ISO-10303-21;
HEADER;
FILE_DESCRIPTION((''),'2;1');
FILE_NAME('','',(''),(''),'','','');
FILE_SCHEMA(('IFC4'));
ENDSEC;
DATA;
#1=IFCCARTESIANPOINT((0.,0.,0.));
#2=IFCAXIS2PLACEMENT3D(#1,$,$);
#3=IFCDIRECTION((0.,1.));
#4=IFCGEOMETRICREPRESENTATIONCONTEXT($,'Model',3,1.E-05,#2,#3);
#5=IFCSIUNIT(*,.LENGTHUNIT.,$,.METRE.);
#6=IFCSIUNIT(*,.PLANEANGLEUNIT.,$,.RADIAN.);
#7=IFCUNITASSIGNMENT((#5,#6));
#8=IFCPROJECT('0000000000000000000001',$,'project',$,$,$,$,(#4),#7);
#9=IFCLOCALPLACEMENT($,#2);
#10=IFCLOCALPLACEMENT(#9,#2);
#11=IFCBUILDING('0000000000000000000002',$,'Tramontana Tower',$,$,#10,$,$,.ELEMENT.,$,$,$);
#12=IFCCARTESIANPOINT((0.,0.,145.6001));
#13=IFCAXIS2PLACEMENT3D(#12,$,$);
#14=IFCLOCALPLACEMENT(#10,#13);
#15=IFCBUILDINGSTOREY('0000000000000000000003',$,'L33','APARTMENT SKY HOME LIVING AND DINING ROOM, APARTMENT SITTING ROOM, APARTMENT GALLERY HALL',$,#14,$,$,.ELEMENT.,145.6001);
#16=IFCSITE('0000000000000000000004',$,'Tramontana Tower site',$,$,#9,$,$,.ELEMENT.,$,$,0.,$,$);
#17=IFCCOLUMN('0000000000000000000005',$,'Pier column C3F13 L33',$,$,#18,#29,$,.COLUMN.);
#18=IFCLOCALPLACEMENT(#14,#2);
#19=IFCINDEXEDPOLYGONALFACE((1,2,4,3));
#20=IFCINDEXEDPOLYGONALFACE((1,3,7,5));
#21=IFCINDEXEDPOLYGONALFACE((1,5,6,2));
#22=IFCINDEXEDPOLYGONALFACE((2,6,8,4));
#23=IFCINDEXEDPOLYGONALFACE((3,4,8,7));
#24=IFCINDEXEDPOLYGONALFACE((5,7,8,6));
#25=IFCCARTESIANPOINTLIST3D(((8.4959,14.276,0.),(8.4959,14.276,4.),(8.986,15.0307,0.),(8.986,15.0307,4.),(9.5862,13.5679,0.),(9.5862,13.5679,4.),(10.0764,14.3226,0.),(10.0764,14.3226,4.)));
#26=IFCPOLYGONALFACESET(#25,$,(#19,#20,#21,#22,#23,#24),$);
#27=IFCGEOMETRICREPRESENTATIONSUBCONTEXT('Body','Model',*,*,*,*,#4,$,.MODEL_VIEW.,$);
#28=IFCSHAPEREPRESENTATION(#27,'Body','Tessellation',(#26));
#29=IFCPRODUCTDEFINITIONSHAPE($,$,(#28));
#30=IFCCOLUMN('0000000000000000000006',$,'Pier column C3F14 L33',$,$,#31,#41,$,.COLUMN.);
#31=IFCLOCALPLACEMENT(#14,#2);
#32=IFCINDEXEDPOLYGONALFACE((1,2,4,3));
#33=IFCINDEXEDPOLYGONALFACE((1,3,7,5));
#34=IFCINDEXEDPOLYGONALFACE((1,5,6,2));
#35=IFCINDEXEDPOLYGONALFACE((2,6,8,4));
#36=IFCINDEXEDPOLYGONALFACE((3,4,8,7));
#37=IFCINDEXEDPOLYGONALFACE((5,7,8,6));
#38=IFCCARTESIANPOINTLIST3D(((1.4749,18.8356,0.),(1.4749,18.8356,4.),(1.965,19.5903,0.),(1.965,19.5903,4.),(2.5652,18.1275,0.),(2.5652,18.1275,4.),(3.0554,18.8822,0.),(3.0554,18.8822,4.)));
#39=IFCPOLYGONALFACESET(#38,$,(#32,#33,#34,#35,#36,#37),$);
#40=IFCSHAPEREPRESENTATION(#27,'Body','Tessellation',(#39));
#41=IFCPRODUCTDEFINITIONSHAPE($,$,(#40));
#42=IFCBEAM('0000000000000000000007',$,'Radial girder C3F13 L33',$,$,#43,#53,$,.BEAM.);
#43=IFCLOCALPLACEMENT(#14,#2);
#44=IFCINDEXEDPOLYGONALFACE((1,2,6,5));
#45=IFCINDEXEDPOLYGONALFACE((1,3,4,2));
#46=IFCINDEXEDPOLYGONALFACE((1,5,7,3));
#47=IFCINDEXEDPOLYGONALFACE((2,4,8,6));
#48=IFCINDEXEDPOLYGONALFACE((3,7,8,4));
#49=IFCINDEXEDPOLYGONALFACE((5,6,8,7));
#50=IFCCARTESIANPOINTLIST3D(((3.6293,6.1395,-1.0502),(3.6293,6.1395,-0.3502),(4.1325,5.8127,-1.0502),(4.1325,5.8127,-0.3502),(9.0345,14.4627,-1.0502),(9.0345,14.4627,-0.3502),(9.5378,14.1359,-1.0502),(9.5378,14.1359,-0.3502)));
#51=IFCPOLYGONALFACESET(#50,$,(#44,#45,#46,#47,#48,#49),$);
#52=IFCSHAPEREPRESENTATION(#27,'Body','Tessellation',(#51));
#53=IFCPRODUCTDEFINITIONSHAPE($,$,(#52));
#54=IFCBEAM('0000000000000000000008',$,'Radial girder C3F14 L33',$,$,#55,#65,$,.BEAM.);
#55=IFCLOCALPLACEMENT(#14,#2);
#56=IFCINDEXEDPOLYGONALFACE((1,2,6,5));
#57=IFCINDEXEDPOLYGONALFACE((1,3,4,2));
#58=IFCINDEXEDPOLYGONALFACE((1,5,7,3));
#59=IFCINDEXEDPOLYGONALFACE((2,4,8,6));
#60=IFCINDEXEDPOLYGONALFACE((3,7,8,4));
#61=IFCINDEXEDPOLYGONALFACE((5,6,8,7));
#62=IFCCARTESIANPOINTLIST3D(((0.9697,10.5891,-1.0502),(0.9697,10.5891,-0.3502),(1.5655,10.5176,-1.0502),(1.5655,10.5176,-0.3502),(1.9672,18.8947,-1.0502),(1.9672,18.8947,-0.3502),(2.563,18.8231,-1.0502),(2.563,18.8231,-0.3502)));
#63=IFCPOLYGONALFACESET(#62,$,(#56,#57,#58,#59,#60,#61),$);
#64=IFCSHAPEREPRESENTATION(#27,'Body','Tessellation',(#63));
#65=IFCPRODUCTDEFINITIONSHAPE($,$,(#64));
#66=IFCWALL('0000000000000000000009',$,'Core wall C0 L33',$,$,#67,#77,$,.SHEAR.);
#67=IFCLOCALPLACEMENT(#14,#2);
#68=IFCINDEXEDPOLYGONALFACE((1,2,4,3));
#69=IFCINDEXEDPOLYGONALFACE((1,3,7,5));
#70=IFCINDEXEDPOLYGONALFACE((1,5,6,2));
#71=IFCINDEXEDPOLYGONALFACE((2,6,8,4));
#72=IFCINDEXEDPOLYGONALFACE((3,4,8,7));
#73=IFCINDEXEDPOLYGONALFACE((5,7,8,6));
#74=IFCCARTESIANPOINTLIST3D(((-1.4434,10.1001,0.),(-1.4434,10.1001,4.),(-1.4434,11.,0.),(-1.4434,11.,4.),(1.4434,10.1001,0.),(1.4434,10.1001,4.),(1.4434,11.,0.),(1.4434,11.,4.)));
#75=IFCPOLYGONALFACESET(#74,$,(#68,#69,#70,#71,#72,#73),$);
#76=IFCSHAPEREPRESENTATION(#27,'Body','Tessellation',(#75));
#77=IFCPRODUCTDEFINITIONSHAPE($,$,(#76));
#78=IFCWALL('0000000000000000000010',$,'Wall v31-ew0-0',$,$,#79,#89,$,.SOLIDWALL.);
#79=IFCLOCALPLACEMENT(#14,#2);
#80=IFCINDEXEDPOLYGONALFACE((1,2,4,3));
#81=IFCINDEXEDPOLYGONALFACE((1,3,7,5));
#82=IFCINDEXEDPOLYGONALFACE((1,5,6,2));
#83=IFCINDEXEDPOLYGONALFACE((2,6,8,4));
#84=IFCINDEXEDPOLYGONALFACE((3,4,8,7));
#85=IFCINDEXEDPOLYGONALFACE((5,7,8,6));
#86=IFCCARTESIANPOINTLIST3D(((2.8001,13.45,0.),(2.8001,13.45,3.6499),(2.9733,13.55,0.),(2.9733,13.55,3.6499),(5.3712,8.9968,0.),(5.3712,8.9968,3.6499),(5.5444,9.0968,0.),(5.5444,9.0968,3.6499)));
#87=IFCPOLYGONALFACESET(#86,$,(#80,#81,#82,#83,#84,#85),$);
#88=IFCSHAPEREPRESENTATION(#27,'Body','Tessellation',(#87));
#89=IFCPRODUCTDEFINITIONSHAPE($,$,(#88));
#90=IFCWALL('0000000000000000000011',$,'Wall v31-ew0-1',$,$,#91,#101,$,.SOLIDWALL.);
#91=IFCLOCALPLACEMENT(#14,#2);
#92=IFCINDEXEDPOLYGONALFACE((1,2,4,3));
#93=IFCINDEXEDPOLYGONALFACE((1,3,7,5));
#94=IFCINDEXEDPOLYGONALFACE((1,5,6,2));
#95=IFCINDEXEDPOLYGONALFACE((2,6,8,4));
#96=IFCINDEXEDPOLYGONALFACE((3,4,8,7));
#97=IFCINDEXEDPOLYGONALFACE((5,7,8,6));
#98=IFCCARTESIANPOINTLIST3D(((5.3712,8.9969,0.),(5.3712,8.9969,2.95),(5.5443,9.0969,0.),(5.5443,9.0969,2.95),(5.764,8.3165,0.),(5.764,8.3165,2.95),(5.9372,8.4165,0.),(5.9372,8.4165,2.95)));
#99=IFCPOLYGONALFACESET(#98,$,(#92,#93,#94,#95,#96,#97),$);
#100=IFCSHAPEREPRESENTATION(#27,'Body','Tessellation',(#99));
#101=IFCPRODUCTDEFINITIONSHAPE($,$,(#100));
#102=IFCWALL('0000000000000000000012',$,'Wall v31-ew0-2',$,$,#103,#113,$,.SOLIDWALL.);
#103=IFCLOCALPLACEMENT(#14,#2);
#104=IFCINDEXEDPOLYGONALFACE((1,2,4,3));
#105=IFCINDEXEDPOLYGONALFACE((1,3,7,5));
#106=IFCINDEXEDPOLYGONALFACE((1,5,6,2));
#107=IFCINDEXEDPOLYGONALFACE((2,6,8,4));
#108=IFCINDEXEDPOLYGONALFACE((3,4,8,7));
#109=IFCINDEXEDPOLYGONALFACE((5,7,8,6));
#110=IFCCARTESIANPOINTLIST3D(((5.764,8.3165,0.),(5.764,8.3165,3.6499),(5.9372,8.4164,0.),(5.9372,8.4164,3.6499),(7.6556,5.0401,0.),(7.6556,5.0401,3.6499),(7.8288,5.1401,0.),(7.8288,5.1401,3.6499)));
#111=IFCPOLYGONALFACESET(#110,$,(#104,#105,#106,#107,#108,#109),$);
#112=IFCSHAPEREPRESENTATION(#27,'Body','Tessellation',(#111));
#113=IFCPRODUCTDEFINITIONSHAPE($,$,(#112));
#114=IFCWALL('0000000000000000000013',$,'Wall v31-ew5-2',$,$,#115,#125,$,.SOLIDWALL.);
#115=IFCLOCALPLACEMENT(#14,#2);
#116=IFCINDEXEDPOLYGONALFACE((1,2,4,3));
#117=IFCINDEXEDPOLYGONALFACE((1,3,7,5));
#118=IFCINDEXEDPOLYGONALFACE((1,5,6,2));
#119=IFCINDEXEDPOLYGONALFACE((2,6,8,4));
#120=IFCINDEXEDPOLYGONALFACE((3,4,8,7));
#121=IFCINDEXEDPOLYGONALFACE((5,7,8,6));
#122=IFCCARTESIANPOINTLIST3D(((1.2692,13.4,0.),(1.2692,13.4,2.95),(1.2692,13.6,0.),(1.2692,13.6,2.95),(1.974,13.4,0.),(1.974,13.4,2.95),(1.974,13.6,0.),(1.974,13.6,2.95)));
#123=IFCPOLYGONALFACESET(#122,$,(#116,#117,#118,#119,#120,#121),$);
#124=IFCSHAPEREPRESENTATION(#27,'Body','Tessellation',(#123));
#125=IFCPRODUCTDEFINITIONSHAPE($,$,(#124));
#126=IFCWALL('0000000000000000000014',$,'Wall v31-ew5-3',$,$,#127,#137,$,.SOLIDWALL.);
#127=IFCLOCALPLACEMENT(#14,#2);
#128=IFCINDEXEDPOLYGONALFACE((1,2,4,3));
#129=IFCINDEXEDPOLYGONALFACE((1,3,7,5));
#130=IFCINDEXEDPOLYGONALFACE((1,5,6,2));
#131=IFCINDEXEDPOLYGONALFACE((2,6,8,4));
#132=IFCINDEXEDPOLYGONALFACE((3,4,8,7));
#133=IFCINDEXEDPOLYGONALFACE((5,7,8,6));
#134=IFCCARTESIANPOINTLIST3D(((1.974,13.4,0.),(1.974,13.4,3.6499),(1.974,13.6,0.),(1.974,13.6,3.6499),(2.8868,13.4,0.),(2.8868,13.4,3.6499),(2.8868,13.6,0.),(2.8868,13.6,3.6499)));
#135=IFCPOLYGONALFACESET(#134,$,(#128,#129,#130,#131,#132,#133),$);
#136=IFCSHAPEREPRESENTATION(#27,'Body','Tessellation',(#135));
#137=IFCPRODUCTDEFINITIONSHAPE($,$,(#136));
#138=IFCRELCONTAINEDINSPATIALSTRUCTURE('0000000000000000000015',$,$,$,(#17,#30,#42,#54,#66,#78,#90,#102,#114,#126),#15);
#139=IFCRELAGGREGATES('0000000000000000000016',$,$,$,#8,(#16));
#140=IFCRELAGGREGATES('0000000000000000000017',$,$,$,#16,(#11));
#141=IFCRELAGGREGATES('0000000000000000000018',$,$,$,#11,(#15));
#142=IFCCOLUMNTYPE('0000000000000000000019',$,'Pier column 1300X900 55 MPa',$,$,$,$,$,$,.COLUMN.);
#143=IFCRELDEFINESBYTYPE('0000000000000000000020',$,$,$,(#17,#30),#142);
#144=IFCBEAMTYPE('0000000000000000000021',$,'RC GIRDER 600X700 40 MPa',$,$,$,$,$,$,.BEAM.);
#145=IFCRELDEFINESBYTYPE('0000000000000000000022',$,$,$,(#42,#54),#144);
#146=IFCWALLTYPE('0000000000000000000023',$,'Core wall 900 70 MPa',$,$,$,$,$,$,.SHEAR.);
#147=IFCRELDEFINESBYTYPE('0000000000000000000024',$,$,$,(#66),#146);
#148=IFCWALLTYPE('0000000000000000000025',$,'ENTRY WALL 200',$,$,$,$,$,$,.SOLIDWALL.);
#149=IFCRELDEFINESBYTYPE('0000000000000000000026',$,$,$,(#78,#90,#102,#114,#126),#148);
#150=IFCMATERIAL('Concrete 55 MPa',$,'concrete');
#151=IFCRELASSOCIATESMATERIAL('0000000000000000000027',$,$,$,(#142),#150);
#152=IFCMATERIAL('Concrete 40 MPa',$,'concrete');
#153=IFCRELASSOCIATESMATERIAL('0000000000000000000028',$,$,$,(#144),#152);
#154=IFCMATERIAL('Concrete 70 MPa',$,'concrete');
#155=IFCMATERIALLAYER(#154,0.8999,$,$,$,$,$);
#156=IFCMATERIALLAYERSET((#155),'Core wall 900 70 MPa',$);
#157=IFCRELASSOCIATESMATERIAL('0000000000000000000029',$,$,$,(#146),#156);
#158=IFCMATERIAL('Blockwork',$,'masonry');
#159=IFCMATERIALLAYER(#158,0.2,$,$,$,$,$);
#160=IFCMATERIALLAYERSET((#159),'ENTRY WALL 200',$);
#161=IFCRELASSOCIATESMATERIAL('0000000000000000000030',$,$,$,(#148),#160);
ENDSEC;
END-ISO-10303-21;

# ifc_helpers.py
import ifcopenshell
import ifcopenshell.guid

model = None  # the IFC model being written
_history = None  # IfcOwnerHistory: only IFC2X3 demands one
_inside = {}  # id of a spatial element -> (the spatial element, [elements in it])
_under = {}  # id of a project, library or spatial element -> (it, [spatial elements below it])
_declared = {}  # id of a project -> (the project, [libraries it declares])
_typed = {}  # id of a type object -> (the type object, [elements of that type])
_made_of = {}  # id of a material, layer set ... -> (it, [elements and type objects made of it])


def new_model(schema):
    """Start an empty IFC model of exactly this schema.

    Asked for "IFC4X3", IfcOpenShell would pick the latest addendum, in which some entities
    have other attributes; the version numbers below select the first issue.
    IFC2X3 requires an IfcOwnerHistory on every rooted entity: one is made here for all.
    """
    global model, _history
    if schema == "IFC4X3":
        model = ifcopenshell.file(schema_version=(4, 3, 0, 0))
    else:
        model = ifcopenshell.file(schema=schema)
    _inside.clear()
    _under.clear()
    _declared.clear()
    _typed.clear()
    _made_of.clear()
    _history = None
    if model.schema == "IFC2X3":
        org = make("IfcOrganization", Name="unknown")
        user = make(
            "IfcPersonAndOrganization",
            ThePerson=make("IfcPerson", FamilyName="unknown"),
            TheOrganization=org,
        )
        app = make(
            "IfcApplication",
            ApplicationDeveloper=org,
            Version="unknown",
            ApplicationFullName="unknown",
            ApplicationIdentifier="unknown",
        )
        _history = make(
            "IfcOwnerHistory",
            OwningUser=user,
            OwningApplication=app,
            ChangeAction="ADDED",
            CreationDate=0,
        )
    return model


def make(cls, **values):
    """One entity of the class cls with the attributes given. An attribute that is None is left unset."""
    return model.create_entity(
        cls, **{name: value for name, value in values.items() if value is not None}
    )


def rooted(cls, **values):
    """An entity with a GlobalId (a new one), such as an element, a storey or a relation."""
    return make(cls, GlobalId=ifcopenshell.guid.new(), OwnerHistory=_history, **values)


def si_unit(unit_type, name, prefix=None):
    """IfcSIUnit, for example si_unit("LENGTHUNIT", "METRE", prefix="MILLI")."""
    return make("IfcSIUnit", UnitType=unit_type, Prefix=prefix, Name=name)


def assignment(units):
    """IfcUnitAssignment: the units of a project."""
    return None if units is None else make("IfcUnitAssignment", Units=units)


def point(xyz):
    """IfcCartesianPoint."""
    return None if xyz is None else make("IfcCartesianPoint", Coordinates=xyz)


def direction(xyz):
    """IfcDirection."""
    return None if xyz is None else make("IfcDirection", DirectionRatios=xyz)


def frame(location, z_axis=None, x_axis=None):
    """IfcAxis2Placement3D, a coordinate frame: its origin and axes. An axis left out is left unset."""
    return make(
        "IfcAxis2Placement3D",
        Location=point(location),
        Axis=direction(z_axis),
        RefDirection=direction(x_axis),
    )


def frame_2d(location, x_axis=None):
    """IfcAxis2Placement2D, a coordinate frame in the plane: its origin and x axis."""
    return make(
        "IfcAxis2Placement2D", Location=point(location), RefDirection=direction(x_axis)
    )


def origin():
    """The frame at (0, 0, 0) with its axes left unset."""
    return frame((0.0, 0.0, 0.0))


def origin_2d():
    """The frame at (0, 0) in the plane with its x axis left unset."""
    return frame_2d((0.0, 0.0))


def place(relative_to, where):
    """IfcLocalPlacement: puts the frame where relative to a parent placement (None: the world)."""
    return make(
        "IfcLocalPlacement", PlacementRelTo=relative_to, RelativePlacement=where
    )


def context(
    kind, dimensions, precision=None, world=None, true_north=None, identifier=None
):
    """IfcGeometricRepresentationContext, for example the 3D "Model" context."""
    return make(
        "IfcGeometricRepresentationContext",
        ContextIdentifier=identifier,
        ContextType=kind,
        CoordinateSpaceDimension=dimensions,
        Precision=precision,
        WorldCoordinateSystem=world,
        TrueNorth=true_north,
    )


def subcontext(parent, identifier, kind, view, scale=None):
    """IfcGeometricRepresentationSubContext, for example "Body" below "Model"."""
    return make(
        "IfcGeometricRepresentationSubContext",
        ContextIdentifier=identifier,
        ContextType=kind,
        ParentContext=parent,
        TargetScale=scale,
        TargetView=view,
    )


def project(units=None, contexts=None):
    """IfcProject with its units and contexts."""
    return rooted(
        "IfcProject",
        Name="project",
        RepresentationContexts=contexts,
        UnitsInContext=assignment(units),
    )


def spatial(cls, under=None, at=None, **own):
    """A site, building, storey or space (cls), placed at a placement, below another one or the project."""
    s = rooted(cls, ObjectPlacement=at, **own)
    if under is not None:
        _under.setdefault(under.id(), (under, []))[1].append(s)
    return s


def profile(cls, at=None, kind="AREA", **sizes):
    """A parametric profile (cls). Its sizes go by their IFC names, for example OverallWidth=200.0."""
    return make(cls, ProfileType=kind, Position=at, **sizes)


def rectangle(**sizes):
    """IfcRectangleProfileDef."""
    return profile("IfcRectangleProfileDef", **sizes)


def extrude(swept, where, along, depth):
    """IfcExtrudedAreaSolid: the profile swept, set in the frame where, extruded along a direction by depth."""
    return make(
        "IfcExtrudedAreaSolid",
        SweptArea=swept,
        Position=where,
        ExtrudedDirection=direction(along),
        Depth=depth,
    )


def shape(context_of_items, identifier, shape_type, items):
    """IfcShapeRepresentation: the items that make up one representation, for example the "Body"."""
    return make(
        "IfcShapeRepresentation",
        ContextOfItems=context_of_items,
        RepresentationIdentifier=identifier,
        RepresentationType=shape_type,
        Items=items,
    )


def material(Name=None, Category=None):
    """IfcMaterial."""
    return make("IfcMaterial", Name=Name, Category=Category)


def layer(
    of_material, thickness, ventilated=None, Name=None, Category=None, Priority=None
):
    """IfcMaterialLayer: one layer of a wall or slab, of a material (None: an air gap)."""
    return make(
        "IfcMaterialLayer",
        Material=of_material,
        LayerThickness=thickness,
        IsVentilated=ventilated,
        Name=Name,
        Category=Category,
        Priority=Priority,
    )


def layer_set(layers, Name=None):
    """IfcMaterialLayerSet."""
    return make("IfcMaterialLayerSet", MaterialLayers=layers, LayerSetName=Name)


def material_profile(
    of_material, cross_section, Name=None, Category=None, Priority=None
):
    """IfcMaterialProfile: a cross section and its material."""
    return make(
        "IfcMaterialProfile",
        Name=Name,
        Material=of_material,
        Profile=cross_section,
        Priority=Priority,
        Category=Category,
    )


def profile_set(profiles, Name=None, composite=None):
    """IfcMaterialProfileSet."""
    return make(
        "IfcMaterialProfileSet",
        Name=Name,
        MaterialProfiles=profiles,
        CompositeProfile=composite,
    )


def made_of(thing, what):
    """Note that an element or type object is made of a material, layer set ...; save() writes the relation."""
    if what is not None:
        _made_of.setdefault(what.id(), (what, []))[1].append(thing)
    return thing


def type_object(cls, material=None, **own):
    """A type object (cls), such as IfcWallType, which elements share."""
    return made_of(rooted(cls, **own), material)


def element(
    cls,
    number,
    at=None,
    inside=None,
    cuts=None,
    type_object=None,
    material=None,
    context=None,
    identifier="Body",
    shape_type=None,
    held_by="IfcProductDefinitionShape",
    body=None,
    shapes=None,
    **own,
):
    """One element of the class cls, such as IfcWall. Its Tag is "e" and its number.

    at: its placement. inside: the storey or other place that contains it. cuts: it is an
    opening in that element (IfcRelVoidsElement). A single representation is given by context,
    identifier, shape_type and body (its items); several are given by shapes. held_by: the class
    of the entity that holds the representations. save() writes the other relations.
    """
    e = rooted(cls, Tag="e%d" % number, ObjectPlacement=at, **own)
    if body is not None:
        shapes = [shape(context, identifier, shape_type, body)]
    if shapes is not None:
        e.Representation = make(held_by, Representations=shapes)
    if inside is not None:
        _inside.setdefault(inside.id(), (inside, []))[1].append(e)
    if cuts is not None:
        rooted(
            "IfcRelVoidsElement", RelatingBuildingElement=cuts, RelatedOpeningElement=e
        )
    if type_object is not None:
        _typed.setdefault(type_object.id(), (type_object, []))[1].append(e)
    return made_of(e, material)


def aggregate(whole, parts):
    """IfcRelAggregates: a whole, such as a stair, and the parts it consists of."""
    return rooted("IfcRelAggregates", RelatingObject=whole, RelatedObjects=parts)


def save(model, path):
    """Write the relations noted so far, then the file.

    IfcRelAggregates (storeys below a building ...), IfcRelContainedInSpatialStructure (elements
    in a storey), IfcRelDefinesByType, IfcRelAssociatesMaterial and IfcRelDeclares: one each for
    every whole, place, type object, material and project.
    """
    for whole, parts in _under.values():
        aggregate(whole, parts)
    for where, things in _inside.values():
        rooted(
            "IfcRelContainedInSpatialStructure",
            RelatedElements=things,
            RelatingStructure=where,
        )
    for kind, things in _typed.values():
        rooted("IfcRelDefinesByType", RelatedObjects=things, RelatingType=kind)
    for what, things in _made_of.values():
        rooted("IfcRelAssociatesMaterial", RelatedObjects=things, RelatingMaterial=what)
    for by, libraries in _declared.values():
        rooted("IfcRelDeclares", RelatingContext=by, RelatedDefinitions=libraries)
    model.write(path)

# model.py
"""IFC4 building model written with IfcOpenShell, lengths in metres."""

from ifc_helpers import new_model, si_unit, direction, frame, frame_2d, origin, origin_2d, place, context, subcontext, project, spatial, rectangle, extrude, material, layer, layer_set, material_profile, profile_set, type_object, element, save


model = new_model("IFC4")

# Units and contexts
model_context = context("Model", 3, precision=1e-05, world=origin(), true_north=direction((0.0, 1.0)))
body_context = subcontext(model_context, "Body", "Model", "MODEL_VIEW")
ifc_project = project(units=[si_unit("LENGTHUNIT", "METRE"), si_unit("PLANEANGLEUNIT", "RADIAN")], contexts=[model_context])

# Site, building, storey
site_placement = place(None, origin())
site = spatial("IfcSite", under=ifc_project, at=site_placement, Name="Tramontana Tower site", CompositionType="ELEMENT", RefElevation=0.0)
building_placement = place(site_placement, origin())
building = spatial("IfcBuilding", under=site, at=building_placement, Name="Tramontana Tower", CompositionType="ELEMENT")
storey_placement = place(building_placement, frame((0.0, 0.0, 145.6001)))
storey = spatial("IfcBuildingStorey", under=building, at=storey_placement, Name="L33", Description="APARTMENT SKY HOME LIVING AND DINING ROOM, APARTMENT SITTING ROOM, APARTMENT GALLERY HALL", CompositionType="ELEMENT", Elevation=145.6001)

# Columns
ifc_material_1 = material(Name="Concrete 55 MPa", Category="concrete")
ifc_material_profile_1 = material_profile(ifc_material_1, rectangle(XDim=1.3, YDim=0.8999, at=origin_2d()), Name="Pier column 1300X900 55 MPa")
ifc_profile_set_1 = profile_set([ifc_material_profile_1], Name="Concrete 55 MPa")
column_type = type_object("IfcColumnType", Name="Pier column 1300X900 55 MPa", PredefinedType="COLUMN", material=ifc_profile_set_1)
for number, where, z_axis, x_axis, name in (
    (1, (9.2861, 14.2993, 0.0), (0.0, 0.0, 1.0), (-0.838671, 0.544639, 0.0), "Pier column C3F13 L33"),
    (2, (2.2651, 18.8589, 0.0), (0.0, 0.0, 1.0), (-0.838671, 0.544639, 0.0), "Pier column C3F14 L33"),
):
    element("IfcColumn", number, at=place(storey_placement, frame(where, z_axis=z_axis, x_axis=x_axis)), inside=storey, type_object=column_type, Name=name, PredefinedType="COLUMN", context=body_context, shape_type="SweptSolid", body=[
        extrude(rectangle(XDim=1.3, YDim=0.8999, at=origin_2d()), origin(), (0.0, 0.0, 1.0), 4.0),
    ])

# Beams
ifc_material_2 = material(Name="Concrete 40 MPa", Category="concrete")
ifc_material_profile_2 = material_profile(ifc_material_2, rectangle(XDim=0.6001, YDim=0.7, at=origin_2d()), Name="RC GIRDER 600X700 40 MPa")
ifc_profile_set_2 = profile_set([ifc_material_profile_2], Name="Concrete 40 MPa")
beam_type = type_object("IfcBeamType", Name="RC GIRDER 600X700 40 MPa", PredefinedType="BEAM", material=ifc_profile_set_2)
beam_1_placement = place(storey_placement, frame((9.2861, 14.2993, -0.7002), z_axis=(-0.544646, -0.838666, 0.0), x_axis=(0.838666, -0.544646, 0.0)))
element("IfcBeam", 3, at=beam_1_placement, inside=storey, type_object=beam_type, Name="Radial girder C3F13 L33", PredefinedType="BEAM", context=body_context, shape_type="SweptSolid", body=[
    extrude(rectangle(XDim=0.6001, YDim=0.7, at=origin_2d()), origin(), (0.0, 0.0, 1.0), 9.9243),
])
beam_2_placement = place(storey_placement, frame((2.2651, 18.8589, -0.7002), z_axis=(-0.119249, -0.992864, 0.0), x_axis=(0.992864, -0.119249, 0.0)))
element("IfcBeam", 4, at=beam_2_placement, inside=storey, type_object=beam_type, Name="Radial girder C3F14 L33", PredefinedType="BEAM", context=body_context, shape_type="SweptSolid", body=[
    extrude(rectangle(XDim=0.6001, YDim=0.7, at=origin_2d()), origin(), (0.0, 0.0, 1.0), 8.3652),
])

# Walls
ifc_material_3 = material(Name="Concrete 70 MPa", Category="concrete")
ifc_layer_1 = layer(ifc_material_3, 0.8999)
ifc_layer_set_1 = layer_set([ifc_layer_1], Name="Core wall 900 70 MPa")
wall_type_1 = type_object("IfcWallType", Name="Core wall 900 70 MPa", PredefinedType="SHEAR", material=ifc_layer_set_1)
wall_1_placement = place(storey_placement, frame((1.4434, 10.55, 0.0), z_axis=(0.0, 0.0, 1.0), x_axis=(-1.0, 0.0, 0.0)))
element("IfcWall", 5, at=wall_1_placement, inside=storey, type_object=wall_type_1, Name="Core wall C0 L33", PredefinedType="SHEAR", context=body_context, shape_type="SweptSolid", body=[
    extrude(rectangle(XDim=2.8867, YDim=0.8999, at=frame_2d((1.4434, 0.0))), origin(), (0.0, 0.0, 1.0), 4.0),
])
ifc_material_4 = material(Name="Blockwork", Category="masonry")
ifc_layer_2 = layer(ifc_material_4, 0.2)
ifc_layer_set_2 = layer_set([ifc_layer_2], Name="ENTRY WALL 200")
wall_type_2 = type_object("IfcWallType", Name="ENTRY WALL 200", PredefinedType="SOLIDWALL", material=ifc_layer_set_2)
wall_2_placement = place(storey_placement, frame((2.8867, 13.5, 0.0), z_axis=(0.0, 0.0, 1.0), x_axis=(0.500005, -0.866023, 0.0)))
element("IfcWall", 6, at=wall_2_placement, inside=storey, type_object=wall_type_2, Name="Wall v31-ew0-0", PredefinedType="SOLIDWALL", context=body_context, shape_type="SweptSolid", body=[
    extrude(rectangle(XDim=5.1421, YDim=0.2, at=frame_2d((2.571, 0.0))), origin(), (0.0, 0.0, 1.0), 3.6499),
])
wall_3_placement = place(storey_placement, frame((5.4578, 9.0469, 0.0), z_axis=(0.0, 0.0, 1.0), x_axis=(0.499982, -0.866036, 0.0)))
element("IfcWall", 7, at=wall_3_placement, inside=storey, type_object=wall_type_2, Name="Wall v31-ew0-1", PredefinedType="SOLIDWALL", context=body_context, shape_type="SweptSolid", body=[
    extrude(rectangle(XDim=0.7856, YDim=0.2, at=frame_2d((0.3928, 0.0))), origin(), (0.0, 0.0, 1.0), 2.95),
])
wall_4_placement = place(storey_placement, frame((5.8506, 8.3665, 0.0), z_axis=(0.0, 0.0, 1.0), x_axis=(0.499998, -0.866027, 0.0)))
element("IfcWall", 8, at=wall_4_placement, inside=storey, type_object=wall_type_2, Name="Wall v31-ew0-2", PredefinedType="SOLIDWALL", context=body_context, shape_type="SweptSolid", body=[
    extrude(rectangle(XDim=3.7832, YDim=0.2, at=frame_2d((1.8916, 0.0))), origin(), (0.0, 0.0, 1.0), 3.6499),
])
wall_5_placement = place(storey_placement, frame((1.269, 13.5, 0.0), z_axis=(0.0, 0.0, 1.0), x_axis=(1.0, 0.0, 0.0)))
element("IfcWall", 9, at=wall_5_placement, inside=storey, type_object=wall_type_2, Name="Wall v31-ew5-2", PredefinedType="SOLIDWALL", context=body_context, shape_type="SweptSolid", body=[
    extrude(rectangle(XDim=0.7048, YDim=0.2, at=frame_2d((0.3525, 0.0))), origin(), (0.0, 0.0, 1.0), 2.95),
])
wall_6_placement = place(storey_placement, frame((1.9739, 13.5, 0.0), z_axis=(0.0, 0.0, 1.0), x_axis=(1.0, 0.0, 0.0)))
element("IfcWall", 10, at=wall_6_placement, inside=storey, type_object=wall_type_2, Name="Wall v31-ew5-3", PredefinedType="SOLIDWALL", context=body_context, shape_type="SweptSolid", body=[
    extrude(rectangle(XDim=0.9128, YDim=0.2, at=frame_2d((0.4565, 0.0))), origin(), (0.0, 0.0, 1.0), 3.6499),
])

save(model, "model.ifc")
